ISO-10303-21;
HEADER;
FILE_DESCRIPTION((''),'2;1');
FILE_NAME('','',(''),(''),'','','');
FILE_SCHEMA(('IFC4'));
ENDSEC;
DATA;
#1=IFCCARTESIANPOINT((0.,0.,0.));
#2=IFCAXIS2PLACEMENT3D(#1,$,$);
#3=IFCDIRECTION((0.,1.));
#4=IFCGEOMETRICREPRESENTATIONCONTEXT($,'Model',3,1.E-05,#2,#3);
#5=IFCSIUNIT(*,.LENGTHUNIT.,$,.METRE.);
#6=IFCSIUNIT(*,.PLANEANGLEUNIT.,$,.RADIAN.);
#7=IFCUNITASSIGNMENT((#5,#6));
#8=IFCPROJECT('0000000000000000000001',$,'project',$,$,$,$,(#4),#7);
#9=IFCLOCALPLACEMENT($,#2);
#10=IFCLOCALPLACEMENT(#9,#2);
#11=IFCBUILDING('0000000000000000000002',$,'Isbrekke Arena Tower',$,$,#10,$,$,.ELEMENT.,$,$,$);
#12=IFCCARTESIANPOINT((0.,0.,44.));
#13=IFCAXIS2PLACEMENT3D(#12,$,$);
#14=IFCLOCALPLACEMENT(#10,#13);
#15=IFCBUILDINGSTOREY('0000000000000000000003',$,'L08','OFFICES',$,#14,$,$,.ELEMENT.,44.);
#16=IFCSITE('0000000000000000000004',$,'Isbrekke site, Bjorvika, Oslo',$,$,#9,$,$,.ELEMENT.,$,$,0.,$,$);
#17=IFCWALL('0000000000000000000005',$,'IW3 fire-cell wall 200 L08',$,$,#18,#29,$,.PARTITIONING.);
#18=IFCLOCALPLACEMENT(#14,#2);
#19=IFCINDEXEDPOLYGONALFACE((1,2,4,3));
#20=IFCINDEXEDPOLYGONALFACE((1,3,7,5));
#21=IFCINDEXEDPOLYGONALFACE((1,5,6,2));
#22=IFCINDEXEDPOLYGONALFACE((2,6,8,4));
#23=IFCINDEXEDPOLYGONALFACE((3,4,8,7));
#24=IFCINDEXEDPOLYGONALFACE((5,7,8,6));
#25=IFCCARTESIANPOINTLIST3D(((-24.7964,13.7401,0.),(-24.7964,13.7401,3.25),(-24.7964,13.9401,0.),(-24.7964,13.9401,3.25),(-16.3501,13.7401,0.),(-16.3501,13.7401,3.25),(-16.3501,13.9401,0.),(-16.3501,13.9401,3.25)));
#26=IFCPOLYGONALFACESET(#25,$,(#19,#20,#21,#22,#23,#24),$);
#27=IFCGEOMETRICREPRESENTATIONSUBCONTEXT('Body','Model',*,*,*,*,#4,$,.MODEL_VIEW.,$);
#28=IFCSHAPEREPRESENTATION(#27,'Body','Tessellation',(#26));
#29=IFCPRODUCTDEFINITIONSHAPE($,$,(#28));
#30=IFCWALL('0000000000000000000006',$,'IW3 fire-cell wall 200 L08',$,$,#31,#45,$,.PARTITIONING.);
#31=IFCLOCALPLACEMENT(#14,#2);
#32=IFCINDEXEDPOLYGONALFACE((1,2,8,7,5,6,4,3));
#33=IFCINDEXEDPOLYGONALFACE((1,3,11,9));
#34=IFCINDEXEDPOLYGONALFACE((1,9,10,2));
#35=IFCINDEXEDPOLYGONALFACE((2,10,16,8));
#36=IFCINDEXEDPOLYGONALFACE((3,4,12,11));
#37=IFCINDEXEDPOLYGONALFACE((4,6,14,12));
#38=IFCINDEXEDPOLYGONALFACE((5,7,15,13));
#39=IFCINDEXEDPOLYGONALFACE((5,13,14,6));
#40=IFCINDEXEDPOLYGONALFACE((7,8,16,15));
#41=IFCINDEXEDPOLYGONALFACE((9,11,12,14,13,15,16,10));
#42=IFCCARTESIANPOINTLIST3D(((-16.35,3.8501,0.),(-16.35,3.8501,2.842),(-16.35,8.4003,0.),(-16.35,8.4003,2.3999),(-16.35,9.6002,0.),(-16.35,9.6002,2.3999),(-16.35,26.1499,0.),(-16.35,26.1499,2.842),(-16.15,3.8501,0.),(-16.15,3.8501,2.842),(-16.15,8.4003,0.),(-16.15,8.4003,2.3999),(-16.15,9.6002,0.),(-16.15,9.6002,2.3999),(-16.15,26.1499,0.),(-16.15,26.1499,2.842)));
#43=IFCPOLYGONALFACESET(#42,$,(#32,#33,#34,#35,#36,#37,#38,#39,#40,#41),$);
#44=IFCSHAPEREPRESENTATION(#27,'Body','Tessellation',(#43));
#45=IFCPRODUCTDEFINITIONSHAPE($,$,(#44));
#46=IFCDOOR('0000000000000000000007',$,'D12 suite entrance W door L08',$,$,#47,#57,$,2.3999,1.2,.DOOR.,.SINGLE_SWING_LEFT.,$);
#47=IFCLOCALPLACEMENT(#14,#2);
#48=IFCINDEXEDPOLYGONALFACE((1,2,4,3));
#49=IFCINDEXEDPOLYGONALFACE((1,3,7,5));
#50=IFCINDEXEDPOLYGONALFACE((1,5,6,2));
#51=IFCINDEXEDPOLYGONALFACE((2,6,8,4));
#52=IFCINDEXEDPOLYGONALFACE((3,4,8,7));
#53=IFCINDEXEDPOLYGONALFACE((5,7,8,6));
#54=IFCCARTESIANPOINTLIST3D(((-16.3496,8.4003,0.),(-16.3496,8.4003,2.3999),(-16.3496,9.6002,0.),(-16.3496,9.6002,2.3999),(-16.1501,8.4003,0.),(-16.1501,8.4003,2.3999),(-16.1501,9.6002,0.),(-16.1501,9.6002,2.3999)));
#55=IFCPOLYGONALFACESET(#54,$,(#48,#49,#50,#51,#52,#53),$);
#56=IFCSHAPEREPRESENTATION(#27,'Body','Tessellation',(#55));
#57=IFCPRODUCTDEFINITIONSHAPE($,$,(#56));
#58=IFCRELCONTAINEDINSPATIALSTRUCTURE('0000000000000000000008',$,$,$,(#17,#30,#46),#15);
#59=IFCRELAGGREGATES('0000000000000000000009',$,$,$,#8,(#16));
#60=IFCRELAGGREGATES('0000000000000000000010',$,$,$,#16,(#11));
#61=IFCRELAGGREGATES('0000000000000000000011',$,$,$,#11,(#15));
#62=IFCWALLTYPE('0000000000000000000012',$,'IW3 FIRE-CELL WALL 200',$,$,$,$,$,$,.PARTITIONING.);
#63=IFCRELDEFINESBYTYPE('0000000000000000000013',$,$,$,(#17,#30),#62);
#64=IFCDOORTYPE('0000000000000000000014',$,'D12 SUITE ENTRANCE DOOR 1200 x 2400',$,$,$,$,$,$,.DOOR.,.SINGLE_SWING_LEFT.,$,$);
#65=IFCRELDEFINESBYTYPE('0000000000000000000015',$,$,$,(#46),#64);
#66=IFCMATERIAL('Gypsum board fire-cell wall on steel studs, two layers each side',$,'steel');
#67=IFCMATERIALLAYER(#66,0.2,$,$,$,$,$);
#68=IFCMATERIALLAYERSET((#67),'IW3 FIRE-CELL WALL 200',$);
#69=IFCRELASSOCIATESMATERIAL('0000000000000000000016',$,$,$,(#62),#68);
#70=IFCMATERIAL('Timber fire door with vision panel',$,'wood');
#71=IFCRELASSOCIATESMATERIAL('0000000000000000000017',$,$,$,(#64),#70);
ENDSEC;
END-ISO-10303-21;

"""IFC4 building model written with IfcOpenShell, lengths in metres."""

from ifc_helpers import new_model, si_unit, direction, frame, frame_2d, origin, place, context, subcontext, project, spatial, rectangle, extrude, material, layer, layer_set, type_object, element, fill, save


model = new_model("IFC4")

# Units and contexts
model_context = context("Model", 3, precision=1e-05, world=origin(), true_north=direction((0.0, 1.0)))
body_context = subcontext(model_context, "Body", "Model", "MODEL_VIEW")
ifc_project = project(units=[si_unit("LENGTHUNIT", "METRE"), si_unit("PLANEANGLEUNIT", "RADIAN")], contexts=[model_context])

# Site, building, storey
site_placement = place(None, origin())
site = spatial("IfcSite", under=ifc_project, at=site_placement, Name="Isbrekke site, Bjorvika, Oslo", CompositionType="ELEMENT", RefElevation=0.0)
building_placement = place(site_placement, origin())
building = spatial("IfcBuilding", under=site, at=building_placement, Name="Isbrekke Arena Tower", CompositionType="ELEMENT")
storey_placement = place(building_placement, frame((0.0, 0.0, 44.0)))
storey = spatial("IfcBuildingStorey", under=building, at=storey_placement, Name="L08", Description="OFFICES", CompositionType="ELEMENT", Elevation=44.0)

# Shared definitions
ifc_material_1 = material(Name="Gypsum board fire-cell wall on steel studs, two layers each side", Category="steel")
ifc_layer_1 = layer(ifc_material_1, 0.2)
ifc_layer_set_1 = layer_set([ifc_layer_1], Name="IW3 FIRE-CELL WALL 200")
wall_type_1 = type_object("IfcWallType", Name="IW3 FIRE-CELL WALL 200", PredefinedType="PARTITIONING", material=ifc_layer_set_1)
ifc_material_2 = material(Name="Timber fire door with vision panel", Category="wood")
door_type_1 = type_object("IfcDoorType", Name="D12 SUITE ENTRANCE DOOR 1200 x 2400", OperationType="SINGLE_SWING_LEFT", PredefinedType="DOOR", material=ifc_material_2)

# Wall
wall_1_placement = place(storey_placement, frame((-24.7964, 13.8401, 0.0), z_axis=(0.0, 0.0, 1.0), x_axis=(1.0, 0.0, 0.0)))
element("IfcWall", 1, at=wall_1_placement, inside=storey, type_object=wall_type_1, Name="IW3 fire-cell wall 200 L08", PredefinedType="PARTITIONING", context=body_context, shape_type="SweptSolid", body=[
    extrude(rectangle(XDim=8.4463, YDim=0.2, at=frame_2d((4.2231, 0.0))), origin(), (0.0, 0.0, 1.0), 3.25),
])

# Wall, opening, door
wall_2_placement = place(storey_placement, frame((-16.25, 3.8501, 0.0), z_axis=(0.0, 0.0, 1.0), x_axis=(0.0, 1.0, 0.0)))
wall_2 = element("IfcWall", 2, at=wall_2_placement, inside=storey, type_object=wall_type_1, Name="IW3 fire-cell wall 200 L08", PredefinedType="PARTITIONING", context=body_context, shape_type="SweptSolid", body=[
    extrude(rectangle(XDim=22.2998, YDim=0.2, at=frame_2d((11.1499, 0.0))), origin(), (0.0, 0.0, 1.0), 2.842),
])
opening_1_placement = place(wall_2_placement, frame((4.55, 0.0, 0.0)))
opening_1 = element("IfcOpeningElement", 3, at=opening_1_placement, cuts=wall_2, PredefinedType="OPENING", context=body_context, shape_type="SweptSolid", body=[
    extrude(rectangle(XDim=1.2, YDim=2.3999, at=frame_2d((0.6001, 1.2))), frame((0.0, 0.1147, 0.0), z_axis=(0.0, -1.0, 0.0), x_axis=(1.0, 0.0, 0.0)), (0.0, 0.0, 1.0), 0.2297),
])
door_1_placement = place(opening_1_placement, origin())
door_1 = element("IfcDoor", 4, at=door_1_placement, inside=storey, type_object=door_type_1, Name="D12 suite entrance W door L08", OperationType="SINGLE_SWING_LEFT", OverallHeight=2.3999, OverallWidth=1.2, PredefinedType="DOOR", context=body_context, shape_type="SweptSolid", body=[
    extrude(rectangle(XDim=1.2, YDim=2.3999, at=frame_2d((0.6001, 1.2))), frame((0.0, 0.0996, 0.0), z_axis=(0.0, -1.0, 0.0), x_axis=(1.0, 0.0, 0.0)), (0.0, 0.0, 1.0), 0.1995),
])
fill(opening_1, door_1)

save(model, "model.ifc")
